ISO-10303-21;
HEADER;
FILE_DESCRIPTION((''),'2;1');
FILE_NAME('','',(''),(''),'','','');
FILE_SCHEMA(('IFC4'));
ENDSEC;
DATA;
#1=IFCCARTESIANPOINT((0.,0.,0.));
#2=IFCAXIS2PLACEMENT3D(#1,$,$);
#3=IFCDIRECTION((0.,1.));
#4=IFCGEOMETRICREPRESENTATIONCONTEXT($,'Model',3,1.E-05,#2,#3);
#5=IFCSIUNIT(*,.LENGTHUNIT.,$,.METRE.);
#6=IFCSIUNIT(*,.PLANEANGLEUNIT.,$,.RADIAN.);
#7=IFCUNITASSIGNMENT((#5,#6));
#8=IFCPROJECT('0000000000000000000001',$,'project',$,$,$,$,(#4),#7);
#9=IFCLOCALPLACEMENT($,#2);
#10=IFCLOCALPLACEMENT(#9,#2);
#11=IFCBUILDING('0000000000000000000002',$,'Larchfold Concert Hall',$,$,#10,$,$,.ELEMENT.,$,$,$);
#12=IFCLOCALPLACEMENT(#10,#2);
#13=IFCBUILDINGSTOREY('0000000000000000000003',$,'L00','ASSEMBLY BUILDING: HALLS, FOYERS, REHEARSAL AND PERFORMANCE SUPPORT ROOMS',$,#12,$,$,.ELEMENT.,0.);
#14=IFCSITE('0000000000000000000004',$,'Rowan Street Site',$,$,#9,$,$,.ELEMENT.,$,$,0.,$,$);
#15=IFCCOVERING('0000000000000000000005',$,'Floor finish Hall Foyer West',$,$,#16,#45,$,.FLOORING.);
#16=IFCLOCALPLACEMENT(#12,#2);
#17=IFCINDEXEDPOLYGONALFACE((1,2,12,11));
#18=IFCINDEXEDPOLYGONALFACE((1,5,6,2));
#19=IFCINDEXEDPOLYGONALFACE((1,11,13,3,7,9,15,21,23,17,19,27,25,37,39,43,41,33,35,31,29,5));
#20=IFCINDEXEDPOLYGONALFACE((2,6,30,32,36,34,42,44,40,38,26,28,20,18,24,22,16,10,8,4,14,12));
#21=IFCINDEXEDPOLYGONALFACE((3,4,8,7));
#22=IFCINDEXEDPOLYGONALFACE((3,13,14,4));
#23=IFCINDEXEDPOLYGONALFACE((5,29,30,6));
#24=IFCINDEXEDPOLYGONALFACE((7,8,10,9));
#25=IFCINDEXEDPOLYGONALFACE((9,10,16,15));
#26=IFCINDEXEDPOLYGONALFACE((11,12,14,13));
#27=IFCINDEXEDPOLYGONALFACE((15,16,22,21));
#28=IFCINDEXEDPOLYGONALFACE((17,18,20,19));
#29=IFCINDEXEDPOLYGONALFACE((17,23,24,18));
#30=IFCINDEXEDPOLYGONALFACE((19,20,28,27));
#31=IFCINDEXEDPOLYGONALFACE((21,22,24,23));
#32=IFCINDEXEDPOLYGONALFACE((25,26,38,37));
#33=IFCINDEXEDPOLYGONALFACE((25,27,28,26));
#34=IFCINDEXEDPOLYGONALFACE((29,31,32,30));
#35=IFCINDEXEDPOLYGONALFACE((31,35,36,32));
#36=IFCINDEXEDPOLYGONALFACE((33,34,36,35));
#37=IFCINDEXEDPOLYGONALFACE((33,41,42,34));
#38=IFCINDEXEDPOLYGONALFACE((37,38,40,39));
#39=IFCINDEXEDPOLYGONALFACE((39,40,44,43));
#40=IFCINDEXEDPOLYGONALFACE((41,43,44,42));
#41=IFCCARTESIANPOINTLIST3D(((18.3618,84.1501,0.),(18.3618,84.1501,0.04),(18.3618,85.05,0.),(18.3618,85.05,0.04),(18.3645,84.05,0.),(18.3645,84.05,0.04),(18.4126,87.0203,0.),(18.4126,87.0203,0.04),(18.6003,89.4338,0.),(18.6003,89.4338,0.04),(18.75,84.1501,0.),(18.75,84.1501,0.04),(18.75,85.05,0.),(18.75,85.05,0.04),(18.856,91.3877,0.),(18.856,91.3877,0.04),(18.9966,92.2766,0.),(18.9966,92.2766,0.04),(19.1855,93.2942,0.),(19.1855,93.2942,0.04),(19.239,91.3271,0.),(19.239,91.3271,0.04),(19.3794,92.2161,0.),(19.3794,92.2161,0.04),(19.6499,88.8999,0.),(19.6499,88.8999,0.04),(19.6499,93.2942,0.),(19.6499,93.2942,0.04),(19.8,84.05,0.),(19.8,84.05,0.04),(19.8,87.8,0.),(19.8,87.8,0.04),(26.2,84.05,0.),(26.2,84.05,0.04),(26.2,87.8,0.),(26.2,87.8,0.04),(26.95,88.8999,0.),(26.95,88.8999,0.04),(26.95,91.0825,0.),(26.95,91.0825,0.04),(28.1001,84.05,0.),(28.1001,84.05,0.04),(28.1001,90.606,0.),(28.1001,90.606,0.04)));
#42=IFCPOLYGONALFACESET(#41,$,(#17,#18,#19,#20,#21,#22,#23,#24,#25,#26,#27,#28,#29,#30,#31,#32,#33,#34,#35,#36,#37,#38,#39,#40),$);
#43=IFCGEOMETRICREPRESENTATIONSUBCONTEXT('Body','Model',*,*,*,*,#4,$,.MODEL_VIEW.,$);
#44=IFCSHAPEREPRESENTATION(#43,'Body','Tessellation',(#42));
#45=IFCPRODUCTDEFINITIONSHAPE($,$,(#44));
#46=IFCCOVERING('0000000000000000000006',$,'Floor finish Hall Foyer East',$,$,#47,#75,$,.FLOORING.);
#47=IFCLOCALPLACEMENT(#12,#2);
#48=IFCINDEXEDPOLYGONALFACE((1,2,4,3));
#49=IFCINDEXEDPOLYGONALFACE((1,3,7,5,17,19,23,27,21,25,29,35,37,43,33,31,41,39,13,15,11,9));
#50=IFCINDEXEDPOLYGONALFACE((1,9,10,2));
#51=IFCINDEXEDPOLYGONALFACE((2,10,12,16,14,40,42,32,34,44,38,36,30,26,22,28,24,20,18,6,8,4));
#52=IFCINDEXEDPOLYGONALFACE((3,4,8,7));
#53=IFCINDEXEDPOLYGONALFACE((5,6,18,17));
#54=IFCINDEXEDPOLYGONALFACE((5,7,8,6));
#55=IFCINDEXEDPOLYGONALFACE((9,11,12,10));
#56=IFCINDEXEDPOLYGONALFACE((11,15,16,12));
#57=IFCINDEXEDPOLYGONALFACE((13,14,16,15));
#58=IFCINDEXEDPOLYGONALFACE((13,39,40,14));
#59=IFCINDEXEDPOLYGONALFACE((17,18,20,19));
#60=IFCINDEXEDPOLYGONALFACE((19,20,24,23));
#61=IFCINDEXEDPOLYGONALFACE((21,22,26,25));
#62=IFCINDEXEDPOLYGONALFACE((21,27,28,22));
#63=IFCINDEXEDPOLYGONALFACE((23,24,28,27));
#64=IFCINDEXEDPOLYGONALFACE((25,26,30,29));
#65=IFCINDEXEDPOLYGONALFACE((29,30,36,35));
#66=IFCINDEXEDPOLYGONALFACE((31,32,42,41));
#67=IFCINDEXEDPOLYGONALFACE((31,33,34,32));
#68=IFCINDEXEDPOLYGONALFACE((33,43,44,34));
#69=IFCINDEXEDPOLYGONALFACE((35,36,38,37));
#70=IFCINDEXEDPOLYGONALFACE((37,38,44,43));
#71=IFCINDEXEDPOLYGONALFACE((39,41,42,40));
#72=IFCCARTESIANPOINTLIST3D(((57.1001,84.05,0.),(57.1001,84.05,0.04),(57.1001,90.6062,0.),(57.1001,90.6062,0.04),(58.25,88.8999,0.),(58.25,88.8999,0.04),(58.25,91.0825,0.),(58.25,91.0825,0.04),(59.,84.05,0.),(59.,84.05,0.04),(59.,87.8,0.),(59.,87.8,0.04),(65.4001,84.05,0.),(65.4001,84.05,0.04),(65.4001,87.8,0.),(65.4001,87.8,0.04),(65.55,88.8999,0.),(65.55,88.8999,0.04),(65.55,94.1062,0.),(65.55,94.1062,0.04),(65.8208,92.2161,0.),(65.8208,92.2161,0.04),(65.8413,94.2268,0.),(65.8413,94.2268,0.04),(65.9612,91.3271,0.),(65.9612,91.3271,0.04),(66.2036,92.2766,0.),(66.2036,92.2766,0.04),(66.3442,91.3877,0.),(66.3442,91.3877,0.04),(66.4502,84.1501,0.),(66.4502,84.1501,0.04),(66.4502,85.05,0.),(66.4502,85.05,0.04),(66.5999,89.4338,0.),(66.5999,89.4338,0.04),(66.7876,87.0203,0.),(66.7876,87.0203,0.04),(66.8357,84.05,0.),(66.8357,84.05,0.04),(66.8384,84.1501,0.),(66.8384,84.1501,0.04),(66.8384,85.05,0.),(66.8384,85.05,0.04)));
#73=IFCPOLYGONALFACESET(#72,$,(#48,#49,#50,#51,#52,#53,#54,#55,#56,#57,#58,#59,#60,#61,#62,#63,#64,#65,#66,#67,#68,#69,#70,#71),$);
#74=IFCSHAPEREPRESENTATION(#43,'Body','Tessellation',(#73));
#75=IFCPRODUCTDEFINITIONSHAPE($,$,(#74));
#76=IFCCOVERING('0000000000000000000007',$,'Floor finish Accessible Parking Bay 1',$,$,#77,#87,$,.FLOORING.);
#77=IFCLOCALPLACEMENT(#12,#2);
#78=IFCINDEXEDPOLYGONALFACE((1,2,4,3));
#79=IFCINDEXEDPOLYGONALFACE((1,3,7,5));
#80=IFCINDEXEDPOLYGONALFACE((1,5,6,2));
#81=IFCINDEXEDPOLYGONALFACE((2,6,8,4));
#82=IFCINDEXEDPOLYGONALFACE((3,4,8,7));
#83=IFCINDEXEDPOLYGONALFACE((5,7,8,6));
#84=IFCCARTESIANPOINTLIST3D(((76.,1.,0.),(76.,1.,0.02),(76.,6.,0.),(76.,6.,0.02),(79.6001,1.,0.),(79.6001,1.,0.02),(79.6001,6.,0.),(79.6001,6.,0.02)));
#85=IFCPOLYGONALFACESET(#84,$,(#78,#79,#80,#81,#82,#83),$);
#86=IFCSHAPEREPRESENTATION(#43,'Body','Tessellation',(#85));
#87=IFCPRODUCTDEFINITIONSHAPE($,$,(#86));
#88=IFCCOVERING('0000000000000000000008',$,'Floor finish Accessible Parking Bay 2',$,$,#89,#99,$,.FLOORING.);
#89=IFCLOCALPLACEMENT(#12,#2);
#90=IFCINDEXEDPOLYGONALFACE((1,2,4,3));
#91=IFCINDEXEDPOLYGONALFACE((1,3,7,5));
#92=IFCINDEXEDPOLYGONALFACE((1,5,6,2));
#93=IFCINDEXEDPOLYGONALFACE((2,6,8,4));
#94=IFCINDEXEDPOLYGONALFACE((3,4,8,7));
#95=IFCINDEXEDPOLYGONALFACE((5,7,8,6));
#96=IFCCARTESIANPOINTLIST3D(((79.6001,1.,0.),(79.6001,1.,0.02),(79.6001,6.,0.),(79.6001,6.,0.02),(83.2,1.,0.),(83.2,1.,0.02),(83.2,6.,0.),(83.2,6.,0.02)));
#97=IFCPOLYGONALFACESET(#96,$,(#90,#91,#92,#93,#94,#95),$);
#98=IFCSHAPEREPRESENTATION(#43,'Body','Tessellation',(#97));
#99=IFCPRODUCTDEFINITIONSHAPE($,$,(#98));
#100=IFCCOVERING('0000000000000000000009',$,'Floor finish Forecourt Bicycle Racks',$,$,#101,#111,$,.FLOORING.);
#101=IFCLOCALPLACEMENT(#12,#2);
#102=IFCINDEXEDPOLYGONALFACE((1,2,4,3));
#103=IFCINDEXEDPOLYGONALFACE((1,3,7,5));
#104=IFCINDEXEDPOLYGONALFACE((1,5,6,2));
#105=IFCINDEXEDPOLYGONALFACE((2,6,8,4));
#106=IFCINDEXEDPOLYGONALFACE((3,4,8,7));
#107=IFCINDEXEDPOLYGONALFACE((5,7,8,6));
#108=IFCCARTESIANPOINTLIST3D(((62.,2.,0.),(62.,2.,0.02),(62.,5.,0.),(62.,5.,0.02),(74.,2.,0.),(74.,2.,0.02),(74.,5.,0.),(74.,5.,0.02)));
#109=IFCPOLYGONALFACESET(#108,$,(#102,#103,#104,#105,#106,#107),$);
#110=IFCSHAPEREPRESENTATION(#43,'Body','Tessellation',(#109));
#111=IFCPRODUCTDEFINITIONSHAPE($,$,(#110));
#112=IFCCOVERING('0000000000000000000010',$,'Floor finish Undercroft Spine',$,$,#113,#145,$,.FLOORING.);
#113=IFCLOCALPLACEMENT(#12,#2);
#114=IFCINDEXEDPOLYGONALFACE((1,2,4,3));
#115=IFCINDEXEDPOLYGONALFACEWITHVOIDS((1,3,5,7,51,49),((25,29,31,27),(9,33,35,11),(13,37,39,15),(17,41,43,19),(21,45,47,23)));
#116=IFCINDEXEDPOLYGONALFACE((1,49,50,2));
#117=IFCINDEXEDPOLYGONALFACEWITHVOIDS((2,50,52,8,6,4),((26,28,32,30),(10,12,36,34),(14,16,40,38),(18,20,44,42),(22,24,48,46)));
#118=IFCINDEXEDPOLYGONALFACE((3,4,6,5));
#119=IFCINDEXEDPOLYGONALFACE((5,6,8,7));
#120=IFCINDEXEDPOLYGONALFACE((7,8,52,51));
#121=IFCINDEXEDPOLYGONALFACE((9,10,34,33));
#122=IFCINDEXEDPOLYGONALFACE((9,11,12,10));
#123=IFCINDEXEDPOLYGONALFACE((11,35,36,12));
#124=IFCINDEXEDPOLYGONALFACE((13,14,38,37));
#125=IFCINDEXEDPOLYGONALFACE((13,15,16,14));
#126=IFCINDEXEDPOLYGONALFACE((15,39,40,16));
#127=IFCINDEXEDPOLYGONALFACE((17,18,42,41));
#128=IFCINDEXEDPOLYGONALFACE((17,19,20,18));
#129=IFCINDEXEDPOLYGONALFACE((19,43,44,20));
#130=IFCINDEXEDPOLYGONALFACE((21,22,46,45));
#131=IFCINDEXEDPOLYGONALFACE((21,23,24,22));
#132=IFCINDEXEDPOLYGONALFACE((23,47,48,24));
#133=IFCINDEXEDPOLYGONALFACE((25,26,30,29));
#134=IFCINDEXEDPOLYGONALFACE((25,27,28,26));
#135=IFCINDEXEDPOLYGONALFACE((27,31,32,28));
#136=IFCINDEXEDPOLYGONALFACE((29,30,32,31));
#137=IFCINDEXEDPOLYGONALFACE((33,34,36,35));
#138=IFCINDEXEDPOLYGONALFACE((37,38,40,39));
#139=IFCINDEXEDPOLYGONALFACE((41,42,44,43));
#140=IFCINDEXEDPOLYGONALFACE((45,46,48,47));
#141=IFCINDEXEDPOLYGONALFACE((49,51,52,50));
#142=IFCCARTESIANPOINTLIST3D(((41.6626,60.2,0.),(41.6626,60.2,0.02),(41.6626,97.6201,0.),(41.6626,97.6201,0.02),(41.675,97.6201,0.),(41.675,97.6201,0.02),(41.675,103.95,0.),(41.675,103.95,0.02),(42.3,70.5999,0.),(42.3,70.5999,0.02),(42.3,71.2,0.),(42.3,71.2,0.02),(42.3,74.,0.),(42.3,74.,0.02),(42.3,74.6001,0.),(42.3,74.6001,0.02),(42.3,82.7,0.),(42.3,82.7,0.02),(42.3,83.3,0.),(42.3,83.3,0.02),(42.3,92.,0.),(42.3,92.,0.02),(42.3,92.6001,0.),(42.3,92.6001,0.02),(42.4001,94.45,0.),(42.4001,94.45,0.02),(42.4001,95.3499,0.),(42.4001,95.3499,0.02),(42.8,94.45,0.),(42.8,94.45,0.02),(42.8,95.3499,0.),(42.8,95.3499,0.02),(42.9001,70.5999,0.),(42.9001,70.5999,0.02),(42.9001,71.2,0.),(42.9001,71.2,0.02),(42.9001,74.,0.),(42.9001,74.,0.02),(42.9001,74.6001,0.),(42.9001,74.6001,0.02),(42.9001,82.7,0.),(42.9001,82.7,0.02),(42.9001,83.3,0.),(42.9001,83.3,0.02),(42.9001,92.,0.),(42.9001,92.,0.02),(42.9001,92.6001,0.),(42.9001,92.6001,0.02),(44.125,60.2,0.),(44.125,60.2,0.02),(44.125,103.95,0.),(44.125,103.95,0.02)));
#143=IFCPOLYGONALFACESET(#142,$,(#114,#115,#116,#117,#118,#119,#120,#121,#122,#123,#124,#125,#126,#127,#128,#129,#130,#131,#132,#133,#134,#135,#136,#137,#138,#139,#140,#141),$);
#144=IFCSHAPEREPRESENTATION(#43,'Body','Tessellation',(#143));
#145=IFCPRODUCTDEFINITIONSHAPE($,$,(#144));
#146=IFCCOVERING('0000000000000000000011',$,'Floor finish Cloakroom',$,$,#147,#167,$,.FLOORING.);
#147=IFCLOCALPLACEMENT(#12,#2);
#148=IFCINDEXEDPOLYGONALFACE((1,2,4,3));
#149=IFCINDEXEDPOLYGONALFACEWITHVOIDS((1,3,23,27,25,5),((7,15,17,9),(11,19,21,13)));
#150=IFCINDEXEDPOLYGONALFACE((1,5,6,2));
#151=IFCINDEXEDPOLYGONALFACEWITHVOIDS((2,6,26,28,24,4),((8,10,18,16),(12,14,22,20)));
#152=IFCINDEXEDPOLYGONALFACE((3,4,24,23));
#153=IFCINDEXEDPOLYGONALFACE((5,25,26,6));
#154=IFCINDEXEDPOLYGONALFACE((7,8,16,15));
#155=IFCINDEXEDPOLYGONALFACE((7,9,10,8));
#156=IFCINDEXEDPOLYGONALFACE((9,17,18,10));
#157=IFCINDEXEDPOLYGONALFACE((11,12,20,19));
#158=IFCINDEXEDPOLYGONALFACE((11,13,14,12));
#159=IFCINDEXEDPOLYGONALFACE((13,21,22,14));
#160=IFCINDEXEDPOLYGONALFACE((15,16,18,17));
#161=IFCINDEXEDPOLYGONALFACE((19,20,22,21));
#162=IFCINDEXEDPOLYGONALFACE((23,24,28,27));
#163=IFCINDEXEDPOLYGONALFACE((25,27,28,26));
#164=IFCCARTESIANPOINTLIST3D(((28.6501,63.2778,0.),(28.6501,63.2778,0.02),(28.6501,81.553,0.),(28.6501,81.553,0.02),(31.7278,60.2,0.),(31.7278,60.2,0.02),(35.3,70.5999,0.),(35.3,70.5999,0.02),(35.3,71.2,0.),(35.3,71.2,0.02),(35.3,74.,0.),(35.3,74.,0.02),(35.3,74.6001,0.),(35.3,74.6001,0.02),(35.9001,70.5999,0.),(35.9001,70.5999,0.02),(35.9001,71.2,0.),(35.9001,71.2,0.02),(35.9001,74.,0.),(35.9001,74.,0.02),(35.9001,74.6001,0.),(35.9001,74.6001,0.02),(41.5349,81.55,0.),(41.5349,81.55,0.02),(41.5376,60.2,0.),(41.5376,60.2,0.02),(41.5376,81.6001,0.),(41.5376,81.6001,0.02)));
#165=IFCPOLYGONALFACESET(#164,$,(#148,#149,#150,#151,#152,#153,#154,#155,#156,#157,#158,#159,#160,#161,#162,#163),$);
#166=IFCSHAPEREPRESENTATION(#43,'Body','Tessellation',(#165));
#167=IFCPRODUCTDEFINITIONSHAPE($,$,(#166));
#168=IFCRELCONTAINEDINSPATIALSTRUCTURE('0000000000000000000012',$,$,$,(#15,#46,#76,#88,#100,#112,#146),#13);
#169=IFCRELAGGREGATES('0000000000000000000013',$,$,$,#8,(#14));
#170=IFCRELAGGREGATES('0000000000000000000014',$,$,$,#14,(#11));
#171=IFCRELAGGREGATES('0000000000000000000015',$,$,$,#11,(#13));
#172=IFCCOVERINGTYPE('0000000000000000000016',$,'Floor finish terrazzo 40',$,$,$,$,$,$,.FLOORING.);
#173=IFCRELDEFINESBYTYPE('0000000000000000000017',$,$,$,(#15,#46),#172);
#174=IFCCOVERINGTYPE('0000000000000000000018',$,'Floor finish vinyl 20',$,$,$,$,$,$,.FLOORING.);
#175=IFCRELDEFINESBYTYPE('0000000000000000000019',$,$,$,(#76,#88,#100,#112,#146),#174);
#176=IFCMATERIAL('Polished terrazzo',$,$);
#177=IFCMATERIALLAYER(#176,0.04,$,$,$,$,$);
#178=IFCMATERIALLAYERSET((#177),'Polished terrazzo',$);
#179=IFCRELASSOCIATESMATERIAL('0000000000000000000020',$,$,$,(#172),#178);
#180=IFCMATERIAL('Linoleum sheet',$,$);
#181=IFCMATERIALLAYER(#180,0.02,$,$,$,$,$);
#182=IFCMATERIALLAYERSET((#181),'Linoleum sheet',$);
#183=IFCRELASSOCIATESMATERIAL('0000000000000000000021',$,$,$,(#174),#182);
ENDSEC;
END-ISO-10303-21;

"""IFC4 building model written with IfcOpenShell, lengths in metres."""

from ifc_helpers import new_model, si_unit, direction, origin, place, context, subcontext, project, spatial, polyline, outline, extrude, material, layer, layer_set, type_object, element, save


model = new_model("IFC4")

# Units and contexts
model_context = context("Model", 3, precision=1e-05, world=origin(), true_north=direction((0.0, 1.0)))
body_context = subcontext(model_context, "Body", "Model", "MODEL_VIEW")
ifc_project = project(units=[si_unit("LENGTHUNIT", "METRE"), si_unit("PLANEANGLEUNIT", "RADIAN")], contexts=[model_context])

# Site, building, storey
site_placement = place(None, origin())
site = spatial("IfcSite", under=ifc_project, at=site_placement, Name="Rowan Street Site", CompositionType="ELEMENT", RefElevation=0.0)
building_placement = place(site_placement, origin())
building = spatial("IfcBuilding", under=site, at=building_placement, Name="Larchfold Concert Hall", CompositionType="ELEMENT")
storey_placement = place(building_placement, origin())
storey = spatial("IfcBuildingStorey", under=building, at=storey_placement, Name="L00", Description="ASSEMBLY BUILDING: HALLS, FOYERS, REHEARSAL AND PERFORMANCE SUPPORT ROOMS", CompositionType="ELEMENT", Elevation=0.0)

# Coverings
ifc_material_1 = material(Name="Polished terrazzo")
ifc_layer_1 = layer(ifc_material_1, 0.04)
ifc_layer_set_1 = layer_set([ifc_layer_1], Name="Polished terrazzo")
covering_type_1 = type_object("IfcCoveringType", Name="Floor finish terrazzo 40", PredefinedType="FLOORING", material=ifc_layer_set_1)
covering_1_placement = place(storey_placement, origin())
element("IfcCovering", 1, at=covering_1_placement, inside=storey, type_object=covering_type_1, Name="Floor finish Hall Foyer West", PredefinedType="FLOORING", context=body_context, shape_type="SweptSolid", body=[
    extrude(outline(polyline([(19.6499, 93.2942), (19.1855, 93.2942), (18.9966, 92.2766), (19.3794, 92.2161), (19.239, 91.3271), (18.856, 91.3877), (18.6003, 89.4338), (18.4126, 87.0203), (18.3618, 85.05), (18.75, 85.05), (18.75, 84.1501), (18.3618, 84.1501), (18.3645, 84.05), (19.8, 84.05), (19.8, 87.8), (26.2, 87.8), (26.2, 84.05), (28.1001, 84.05), (28.1001, 90.606), (26.95, 91.0825), (26.95, 88.8999), (19.6499, 88.8999), (19.6499, 93.2942)])), origin(), (0.0, 0.0, 1.0), 0.04),
])
covering_2_placement = place(storey_placement, origin())
element("IfcCovering", 2, at=covering_2_placement, inside=storey, type_object=covering_type_1, Name="Floor finish Hall Foyer East", PredefinedType="FLOORING", context=body_context, shape_type="SweptSolid", body=[
    extrude(outline(polyline([(66.2036, 92.2766), (65.8413, 94.2268), (65.55, 94.1062), (65.55, 88.8999), (58.25, 88.8999), (58.25, 91.0825), (57.1001, 90.6062), (57.1001, 84.05), (59.0, 84.05), (59.0, 87.8), (65.4001, 87.8), (65.4001, 84.05), (66.8357, 84.05), (66.8384, 84.1501), (66.4502, 84.1501), (66.4502, 85.05), (66.8384, 85.05), (66.7876, 87.0203), (66.5999, 89.4338), (66.3442, 91.3877), (65.9612, 91.3271), (65.8208, 92.2161), (66.2036, 92.2766)])), origin(), (0.0, 0.0, 1.0), 0.04),
])
ifc_material_2 = material(Name="Linoleum sheet")
ifc_layer_2 = layer(ifc_material_2, 0.02)
ifc_layer_set_2 = layer_set([ifc_layer_2], Name="Linoleum sheet")
covering_type_2 = type_object("IfcCoveringType", Name="Floor finish vinyl 20", PredefinedType="FLOORING", material=ifc_layer_set_2)
covering_3_placement = place(storey_placement, origin())
element("IfcCovering", 3, at=covering_3_placement, inside=storey, type_object=covering_type_2, Name="Floor finish Accessible Parking Bay 1", PredefinedType="FLOORING", context=body_context, shape_type="SweptSolid", body=[
    extrude(outline(polyline([(76.0, 6.0), (76.0, 1.0), (79.6001, 1.0), (79.6001, 6.0), (76.0, 6.0)])), origin(), (0.0, 0.0, 1.0), 0.02),
])
covering_4_placement = place(storey_placement, origin())
element("IfcCovering", 4, at=covering_4_placement, inside=storey, type_object=covering_type_2, Name="Floor finish Accessible Parking Bay 2", PredefinedType="FLOORING", context=body_context, shape_type="SweptSolid", body=[
    extrude(outline(polyline([(79.6001, 6.0), (79.6001, 1.0), (83.2, 1.0), (83.2, 6.0), (79.6001, 6.0)])), origin(), (0.0, 0.0, 1.0), 0.02),
])
covering_5_placement = place(storey_placement, origin())
element("IfcCovering", 5, at=covering_5_placement, inside=storey, type_object=covering_type_2, Name="Floor finish Forecourt Bicycle Racks", PredefinedType="FLOORING", context=body_context, shape_type="SweptSolid", body=[
    extrude(outline(polyline([(62.0, 5.0), (62.0, 2.0), (74.0, 2.0), (74.0, 5.0), (62.0, 5.0)])), origin(), (0.0, 0.0, 1.0), 0.02),
])
covering_6_placement = place(storey_placement, origin())
element("IfcCovering", 6, at=covering_6_placement, inside=storey, type_object=covering_type_2, Name="Floor finish Undercroft Spine", PredefinedType="FLOORING", context=body_context, shape_type="SweptSolid", body=[
    extrude(outline(polyline([(41.6626, 60.2), (44.125, 60.2), (44.125, 103.95), (41.675, 103.95), (41.675, 97.6201), (41.6626, 97.6201), (41.6626, 60.2)]), holes=[polyline([(42.3, 70.5999), (42.3, 71.2), (42.9001, 71.2), (42.9001, 70.5999), (42.3, 70.5999)]), polyline([(42.3, 82.7), (42.3, 83.3), (42.9001, 83.3), (42.9001, 82.7), (42.3, 82.7)]), polyline([(42.9001, 74.0), (42.3, 74.0), (42.3, 74.6001), (42.9001, 74.6001), (42.9001, 74.0)]), polyline([(42.9001, 92.0), (42.3, 92.0), (42.3, 92.6001), (42.9001, 92.6001), (42.9001, 92.0)]), polyline([(42.4001, 94.45), (42.4001, 95.3499), (42.8, 95.3499), (42.8, 94.45), (42.4001, 94.45)])]), origin(), (0.0, 0.0, 1.0), 0.02),
])
covering_7_placement = place(storey_placement, origin())
element("IfcCovering", 7, at=covering_7_placement, inside=storey, type_object=covering_type_2, Name="Floor finish Cloakroom", PredefinedType="FLOORING", context=body_context, shape_type="SweptSolid", body=[
    extrude(outline(polyline([(41.5349, 81.55), (28.6501, 81.553), (28.6501, 63.2778), (31.7278, 60.2), (41.5376, 60.2), (41.5376, 81.6001), (41.5349, 81.55)]), holes=[polyline([(35.3, 70.5999), (35.3, 71.2), (35.9001, 71.2), (35.9001, 70.5999), (35.3, 70.5999)]), polyline([(35.9001, 74.0), (35.3, 74.0), (35.3, 74.6001), (35.9001, 74.6001), (35.9001, 74.0)])]), origin(), (0.0, 0.0, 1.0), 0.02),
])

save(model, "model.ifc")
